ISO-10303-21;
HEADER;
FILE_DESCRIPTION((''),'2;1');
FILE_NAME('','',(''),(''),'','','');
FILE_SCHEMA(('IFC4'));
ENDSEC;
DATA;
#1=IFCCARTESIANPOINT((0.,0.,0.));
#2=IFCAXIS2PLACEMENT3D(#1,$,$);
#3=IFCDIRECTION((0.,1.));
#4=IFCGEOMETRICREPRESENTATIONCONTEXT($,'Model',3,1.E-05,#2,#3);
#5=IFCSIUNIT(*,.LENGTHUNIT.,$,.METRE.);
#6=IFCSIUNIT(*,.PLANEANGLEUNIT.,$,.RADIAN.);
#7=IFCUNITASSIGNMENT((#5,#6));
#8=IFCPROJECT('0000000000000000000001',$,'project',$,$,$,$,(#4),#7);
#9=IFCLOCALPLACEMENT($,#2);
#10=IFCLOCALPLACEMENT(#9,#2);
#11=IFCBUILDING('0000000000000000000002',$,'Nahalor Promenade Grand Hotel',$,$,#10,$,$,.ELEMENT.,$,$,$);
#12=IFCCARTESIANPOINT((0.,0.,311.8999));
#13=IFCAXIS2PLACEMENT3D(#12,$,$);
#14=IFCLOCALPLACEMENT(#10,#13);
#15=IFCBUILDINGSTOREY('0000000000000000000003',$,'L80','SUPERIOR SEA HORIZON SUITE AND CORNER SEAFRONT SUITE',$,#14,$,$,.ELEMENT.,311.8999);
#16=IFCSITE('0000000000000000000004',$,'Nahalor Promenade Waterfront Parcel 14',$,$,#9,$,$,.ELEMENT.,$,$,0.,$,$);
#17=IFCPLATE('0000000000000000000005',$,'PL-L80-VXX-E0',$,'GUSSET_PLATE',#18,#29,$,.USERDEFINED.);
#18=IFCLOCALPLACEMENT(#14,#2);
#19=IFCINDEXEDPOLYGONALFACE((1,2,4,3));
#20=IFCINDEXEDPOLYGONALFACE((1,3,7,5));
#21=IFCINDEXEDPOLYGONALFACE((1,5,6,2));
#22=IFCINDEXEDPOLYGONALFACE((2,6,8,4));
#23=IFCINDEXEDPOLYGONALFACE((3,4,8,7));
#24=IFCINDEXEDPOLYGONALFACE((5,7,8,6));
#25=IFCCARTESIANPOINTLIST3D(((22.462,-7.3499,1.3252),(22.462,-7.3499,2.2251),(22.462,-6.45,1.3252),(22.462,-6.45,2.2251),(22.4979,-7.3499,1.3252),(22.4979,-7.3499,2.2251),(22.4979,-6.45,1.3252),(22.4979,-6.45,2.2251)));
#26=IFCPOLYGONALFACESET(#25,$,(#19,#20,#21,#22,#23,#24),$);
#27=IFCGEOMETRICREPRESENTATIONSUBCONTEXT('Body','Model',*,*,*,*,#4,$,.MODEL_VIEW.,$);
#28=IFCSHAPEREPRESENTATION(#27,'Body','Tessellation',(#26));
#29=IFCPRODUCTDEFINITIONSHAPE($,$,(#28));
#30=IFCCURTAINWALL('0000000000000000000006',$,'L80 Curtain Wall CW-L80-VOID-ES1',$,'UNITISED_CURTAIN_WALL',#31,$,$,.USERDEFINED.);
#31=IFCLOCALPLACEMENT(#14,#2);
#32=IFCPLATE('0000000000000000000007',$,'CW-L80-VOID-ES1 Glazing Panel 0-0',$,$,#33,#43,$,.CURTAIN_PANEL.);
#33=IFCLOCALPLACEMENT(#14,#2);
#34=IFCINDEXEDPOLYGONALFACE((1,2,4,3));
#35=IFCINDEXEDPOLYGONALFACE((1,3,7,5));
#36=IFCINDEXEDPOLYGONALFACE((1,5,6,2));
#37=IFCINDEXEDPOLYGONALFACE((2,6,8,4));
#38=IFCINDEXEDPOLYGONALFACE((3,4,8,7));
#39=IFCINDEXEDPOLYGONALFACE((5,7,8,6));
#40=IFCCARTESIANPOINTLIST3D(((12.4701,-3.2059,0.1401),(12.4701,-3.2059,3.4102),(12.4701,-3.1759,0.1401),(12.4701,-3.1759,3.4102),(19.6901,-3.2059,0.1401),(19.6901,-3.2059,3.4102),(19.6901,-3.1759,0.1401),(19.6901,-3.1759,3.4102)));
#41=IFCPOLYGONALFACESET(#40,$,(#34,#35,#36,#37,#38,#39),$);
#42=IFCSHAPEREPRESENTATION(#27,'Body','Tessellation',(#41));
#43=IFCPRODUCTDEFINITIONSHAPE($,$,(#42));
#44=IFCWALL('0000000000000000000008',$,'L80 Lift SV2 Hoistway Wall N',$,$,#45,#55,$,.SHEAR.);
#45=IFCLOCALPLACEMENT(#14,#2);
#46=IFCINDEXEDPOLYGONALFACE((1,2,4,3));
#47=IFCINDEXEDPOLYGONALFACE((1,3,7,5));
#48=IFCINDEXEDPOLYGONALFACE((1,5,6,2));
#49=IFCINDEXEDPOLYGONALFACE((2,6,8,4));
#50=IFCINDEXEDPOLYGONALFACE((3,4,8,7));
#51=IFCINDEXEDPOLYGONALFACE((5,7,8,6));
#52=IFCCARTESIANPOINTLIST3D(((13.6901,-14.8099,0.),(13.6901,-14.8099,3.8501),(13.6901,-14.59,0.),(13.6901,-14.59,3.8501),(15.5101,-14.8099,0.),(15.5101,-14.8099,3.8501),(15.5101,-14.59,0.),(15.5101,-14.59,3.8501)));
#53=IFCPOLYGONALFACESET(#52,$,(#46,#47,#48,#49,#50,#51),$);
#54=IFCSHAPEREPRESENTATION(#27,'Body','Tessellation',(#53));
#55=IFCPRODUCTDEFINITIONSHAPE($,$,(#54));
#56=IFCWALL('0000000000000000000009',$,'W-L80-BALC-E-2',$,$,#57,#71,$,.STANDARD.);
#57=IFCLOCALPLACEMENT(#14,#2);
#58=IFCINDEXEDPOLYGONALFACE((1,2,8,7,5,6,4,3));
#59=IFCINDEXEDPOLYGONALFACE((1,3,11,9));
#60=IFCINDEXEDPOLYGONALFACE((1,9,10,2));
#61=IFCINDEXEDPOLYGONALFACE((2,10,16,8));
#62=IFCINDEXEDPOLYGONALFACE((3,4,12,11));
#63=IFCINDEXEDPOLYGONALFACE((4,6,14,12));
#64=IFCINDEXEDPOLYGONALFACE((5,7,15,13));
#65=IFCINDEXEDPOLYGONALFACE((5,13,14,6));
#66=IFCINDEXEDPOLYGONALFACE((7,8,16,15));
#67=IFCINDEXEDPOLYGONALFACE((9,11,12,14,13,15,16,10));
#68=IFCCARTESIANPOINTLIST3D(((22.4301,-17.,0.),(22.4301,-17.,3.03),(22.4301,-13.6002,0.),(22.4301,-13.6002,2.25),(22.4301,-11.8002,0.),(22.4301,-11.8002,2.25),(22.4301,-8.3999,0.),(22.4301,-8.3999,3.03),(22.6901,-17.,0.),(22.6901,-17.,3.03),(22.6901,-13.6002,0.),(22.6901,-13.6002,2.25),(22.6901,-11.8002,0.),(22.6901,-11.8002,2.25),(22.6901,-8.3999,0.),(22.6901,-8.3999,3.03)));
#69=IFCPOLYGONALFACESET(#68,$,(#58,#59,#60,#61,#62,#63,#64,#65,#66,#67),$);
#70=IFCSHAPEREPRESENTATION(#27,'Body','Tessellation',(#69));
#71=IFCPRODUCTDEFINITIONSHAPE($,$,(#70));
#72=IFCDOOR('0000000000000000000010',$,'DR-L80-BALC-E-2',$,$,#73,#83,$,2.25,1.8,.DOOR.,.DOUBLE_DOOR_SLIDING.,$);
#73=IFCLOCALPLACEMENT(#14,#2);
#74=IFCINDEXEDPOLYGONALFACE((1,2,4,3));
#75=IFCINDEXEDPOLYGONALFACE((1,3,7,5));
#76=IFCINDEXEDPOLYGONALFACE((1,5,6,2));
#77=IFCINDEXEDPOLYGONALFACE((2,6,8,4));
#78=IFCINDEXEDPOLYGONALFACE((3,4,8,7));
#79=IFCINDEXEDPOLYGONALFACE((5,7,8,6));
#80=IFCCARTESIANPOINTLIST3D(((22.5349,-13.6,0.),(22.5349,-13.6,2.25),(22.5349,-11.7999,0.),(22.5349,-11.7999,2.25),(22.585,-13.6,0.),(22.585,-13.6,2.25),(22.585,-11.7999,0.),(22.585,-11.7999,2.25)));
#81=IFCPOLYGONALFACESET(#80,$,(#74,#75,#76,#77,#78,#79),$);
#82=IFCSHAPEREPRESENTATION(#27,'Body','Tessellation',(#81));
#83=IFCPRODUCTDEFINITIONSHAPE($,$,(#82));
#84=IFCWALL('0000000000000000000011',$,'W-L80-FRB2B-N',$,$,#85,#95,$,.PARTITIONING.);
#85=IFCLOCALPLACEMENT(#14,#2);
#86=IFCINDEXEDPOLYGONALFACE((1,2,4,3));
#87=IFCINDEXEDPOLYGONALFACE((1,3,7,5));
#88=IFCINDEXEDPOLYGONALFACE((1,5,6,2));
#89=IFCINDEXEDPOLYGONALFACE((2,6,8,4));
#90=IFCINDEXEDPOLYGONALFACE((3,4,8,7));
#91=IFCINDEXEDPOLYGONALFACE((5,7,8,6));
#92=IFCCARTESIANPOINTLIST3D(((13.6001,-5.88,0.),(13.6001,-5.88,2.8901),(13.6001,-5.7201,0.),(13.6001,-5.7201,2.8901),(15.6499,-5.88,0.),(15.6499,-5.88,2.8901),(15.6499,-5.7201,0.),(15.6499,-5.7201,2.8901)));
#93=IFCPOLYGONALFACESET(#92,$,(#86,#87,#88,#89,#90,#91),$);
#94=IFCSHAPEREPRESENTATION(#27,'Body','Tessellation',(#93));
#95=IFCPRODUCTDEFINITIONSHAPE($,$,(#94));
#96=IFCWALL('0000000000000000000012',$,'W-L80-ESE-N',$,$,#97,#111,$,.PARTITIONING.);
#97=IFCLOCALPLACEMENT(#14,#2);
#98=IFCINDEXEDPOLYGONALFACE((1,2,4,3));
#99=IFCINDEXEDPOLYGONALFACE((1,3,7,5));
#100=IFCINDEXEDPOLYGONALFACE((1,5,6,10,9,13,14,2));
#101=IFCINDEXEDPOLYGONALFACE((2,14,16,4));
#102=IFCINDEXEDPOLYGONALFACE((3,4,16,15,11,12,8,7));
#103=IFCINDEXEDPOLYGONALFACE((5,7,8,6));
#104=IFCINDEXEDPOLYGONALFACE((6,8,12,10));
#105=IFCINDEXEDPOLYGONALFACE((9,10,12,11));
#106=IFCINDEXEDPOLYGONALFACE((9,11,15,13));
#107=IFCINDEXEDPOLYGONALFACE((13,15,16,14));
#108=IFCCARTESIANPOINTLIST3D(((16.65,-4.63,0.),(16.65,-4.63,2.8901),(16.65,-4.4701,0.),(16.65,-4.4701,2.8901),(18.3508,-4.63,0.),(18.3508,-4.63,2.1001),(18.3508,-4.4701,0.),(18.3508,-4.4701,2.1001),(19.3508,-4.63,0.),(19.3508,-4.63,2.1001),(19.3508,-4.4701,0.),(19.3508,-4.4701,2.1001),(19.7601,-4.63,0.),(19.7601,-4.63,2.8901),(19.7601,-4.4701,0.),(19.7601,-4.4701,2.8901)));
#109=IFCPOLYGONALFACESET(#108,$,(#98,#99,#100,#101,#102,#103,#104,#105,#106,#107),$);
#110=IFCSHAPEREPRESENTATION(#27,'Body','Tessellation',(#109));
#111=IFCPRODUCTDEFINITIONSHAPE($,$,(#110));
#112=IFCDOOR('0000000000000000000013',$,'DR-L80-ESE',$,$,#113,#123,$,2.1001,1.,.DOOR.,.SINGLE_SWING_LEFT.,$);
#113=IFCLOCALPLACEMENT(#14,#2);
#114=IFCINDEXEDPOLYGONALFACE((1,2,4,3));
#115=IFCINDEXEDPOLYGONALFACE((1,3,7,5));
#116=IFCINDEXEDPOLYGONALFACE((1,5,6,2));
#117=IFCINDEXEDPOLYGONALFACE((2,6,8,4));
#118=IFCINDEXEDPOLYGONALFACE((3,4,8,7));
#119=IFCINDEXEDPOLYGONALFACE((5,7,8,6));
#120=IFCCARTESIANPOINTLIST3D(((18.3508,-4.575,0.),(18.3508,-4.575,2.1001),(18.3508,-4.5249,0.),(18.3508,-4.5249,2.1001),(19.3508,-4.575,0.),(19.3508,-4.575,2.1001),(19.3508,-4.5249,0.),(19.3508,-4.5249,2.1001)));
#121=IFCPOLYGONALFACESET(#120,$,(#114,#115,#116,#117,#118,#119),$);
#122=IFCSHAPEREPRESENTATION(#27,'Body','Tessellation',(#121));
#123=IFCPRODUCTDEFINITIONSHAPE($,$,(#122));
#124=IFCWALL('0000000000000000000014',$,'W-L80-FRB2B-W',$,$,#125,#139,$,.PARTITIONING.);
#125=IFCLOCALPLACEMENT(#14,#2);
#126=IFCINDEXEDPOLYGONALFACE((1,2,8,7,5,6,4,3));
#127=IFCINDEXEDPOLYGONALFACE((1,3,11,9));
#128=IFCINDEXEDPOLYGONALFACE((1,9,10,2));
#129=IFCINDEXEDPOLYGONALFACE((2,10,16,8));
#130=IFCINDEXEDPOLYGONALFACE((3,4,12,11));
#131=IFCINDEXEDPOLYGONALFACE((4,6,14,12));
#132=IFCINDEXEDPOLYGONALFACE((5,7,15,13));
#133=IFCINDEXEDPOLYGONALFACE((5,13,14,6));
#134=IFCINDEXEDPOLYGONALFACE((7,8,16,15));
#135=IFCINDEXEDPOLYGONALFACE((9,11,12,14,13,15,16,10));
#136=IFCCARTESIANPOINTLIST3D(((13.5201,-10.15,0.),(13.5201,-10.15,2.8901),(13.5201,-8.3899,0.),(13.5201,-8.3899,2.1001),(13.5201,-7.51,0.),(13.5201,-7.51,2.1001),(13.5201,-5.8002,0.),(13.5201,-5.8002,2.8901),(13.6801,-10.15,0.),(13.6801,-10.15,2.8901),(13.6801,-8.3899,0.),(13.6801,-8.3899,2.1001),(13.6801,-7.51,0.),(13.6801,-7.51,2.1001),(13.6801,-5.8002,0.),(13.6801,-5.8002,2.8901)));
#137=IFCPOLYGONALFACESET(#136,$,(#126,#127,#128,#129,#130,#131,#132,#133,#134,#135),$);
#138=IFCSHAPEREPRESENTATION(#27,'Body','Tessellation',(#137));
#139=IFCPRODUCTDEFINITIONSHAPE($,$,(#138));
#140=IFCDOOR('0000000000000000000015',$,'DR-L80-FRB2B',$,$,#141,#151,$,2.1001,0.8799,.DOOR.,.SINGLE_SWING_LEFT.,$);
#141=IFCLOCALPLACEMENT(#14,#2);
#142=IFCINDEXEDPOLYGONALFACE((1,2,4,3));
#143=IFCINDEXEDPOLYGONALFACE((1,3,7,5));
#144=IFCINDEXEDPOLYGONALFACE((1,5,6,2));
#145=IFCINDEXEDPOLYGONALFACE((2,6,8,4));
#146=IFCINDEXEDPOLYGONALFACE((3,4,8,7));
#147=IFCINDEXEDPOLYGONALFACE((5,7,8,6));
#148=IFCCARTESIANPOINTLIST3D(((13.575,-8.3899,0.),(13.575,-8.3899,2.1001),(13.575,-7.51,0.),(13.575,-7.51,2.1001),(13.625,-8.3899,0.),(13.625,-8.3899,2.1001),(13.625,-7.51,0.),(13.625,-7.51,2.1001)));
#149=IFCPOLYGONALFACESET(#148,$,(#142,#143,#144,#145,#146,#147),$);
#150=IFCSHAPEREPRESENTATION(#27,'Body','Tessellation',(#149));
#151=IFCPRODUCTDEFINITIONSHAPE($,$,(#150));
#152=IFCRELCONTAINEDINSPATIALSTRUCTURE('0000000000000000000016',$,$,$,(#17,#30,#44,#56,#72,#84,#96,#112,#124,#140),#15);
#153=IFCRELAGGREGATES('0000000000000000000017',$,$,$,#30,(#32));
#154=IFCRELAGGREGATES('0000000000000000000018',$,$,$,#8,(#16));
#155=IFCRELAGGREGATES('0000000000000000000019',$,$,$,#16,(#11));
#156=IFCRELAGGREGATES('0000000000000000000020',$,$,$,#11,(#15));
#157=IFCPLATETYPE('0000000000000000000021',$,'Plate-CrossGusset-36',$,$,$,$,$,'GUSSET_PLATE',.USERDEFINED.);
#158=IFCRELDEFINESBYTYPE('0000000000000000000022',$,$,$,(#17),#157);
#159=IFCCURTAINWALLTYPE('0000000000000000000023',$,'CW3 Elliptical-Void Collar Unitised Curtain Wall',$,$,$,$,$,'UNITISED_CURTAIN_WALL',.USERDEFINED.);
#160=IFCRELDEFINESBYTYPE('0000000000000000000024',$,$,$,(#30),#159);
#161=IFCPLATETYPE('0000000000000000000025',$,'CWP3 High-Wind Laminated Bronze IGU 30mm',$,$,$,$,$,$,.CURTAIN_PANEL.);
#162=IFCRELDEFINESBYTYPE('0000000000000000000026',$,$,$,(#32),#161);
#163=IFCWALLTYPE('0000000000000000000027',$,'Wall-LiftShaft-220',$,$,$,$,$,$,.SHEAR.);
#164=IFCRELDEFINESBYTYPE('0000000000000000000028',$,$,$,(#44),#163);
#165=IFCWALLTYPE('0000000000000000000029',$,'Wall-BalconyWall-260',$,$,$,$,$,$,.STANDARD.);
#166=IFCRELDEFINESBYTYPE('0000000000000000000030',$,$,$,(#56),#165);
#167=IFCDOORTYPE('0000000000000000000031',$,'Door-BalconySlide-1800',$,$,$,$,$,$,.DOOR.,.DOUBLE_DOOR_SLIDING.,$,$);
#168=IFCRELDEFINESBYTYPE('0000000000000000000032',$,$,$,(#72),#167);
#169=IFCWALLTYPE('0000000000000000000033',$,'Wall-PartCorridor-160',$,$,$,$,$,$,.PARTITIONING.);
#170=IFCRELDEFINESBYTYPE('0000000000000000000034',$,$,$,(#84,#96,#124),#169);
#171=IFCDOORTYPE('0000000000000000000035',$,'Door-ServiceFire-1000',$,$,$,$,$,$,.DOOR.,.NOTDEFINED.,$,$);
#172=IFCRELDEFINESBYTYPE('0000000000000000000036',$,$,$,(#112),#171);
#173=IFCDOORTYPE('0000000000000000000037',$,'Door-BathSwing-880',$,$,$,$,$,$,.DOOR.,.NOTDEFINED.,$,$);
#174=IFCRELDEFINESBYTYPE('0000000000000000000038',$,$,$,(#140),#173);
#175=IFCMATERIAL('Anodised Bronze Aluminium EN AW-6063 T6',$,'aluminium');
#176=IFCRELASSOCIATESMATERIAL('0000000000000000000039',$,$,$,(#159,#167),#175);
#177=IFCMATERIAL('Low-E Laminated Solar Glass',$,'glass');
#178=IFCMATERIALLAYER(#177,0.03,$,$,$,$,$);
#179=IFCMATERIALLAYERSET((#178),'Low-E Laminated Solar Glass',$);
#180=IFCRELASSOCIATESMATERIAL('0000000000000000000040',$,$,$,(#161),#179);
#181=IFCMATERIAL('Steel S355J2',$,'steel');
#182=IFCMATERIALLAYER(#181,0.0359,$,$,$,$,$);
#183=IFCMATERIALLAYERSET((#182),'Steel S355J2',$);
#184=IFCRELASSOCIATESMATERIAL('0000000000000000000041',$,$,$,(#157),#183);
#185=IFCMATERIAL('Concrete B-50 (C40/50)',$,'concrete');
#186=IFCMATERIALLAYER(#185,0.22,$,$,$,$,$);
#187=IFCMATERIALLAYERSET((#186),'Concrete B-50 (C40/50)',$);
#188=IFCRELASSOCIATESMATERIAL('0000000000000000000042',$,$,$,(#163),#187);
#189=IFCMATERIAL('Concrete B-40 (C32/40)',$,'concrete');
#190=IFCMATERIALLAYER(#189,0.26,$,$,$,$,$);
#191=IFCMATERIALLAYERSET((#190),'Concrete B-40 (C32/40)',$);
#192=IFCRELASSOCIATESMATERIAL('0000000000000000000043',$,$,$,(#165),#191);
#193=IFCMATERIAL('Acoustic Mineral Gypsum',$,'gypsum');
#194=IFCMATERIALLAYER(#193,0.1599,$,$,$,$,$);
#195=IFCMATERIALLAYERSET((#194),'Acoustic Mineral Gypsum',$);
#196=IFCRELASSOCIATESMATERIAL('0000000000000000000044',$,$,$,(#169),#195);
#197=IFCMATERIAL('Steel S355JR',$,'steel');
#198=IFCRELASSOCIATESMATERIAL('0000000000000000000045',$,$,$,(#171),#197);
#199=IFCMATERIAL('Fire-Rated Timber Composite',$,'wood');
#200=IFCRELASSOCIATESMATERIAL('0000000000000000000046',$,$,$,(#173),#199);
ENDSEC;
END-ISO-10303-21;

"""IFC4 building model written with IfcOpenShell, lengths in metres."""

from ifc_helpers import new_model, si_unit, direction, frame, frame_2d, origin, origin_2d, place, context, subcontext, project, spatial, rectangle, extrude, source, transform, mapped, material, layer, layer_set, type_object, element, fill, aggregate, save


model = new_model("IFC4")

# Units and contexts
model_context = context("Model", 3, precision=1e-05, world=origin(), true_north=direction((0.0, 1.0)))
body_context = subcontext(model_context, "Body", "Model", "MODEL_VIEW")
ifc_project = project(units=[si_unit("LENGTHUNIT", "METRE"), si_unit("PLANEANGLEUNIT", "RADIAN")], contexts=[model_context])

# Site, building, storey
site_placement = place(None, origin())
site = spatial("IfcSite", under=ifc_project, at=site_placement, Name="Nahalor Promenade Waterfront Parcel 14", CompositionType="ELEMENT", RefElevation=0.0)
building_placement = place(site_placement, origin())
building = spatial("IfcBuilding", under=site, at=building_placement, Name="Nahalor Promenade Grand Hotel", CompositionType="ELEMENT")
storey_placement = place(building_placement, frame((0.0, 0.0, 311.8999)))
storey = spatial("IfcBuildingStorey", under=building, at=storey_placement, Name="L80", Description="SUPERIOR SEA HORIZON SUITE AND CORNER SEAFRONT SUITE", CompositionType="ELEMENT", Elevation=311.8999)

# Shared definitions
ifc_material_1 = material(Name="Steel S355JR", Category="steel")

# Shared definitions
ifc_material_2 = material(Name="Anodised Bronze Aluminium EN AW-6063 T6", Category="aluminium")
curtain_wall_type = type_object("IfcCurtainWallType", Name="CW3 Elliptical-Void Collar Unitised Curtain Wall", ElementType="UNITISED_CURTAIN_WALL", PredefinedType="USERDEFINED", material=ifc_material_2)
ifc_material_3 = material(Name="Low-E Laminated Solar Glass", Category="glass")
ifc_layer_1 = layer(ifc_material_3, 0.03)
ifc_layer_set_1 = layer_set([ifc_layer_1], Name="Low-E Laminated Solar Glass")
plate_type_1 = type_object("IfcPlateType", Name="CWP3 High-Wind Laminated Bronze IGU 30mm", PredefinedType="CURTAIN_PANEL", material=ifc_layer_set_1)

# Plate
ifc_material_4 = material(Name="Steel S355J2", Category="steel")
ifc_layer_2 = layer(ifc_material_4, 0.0359)
ifc_layer_set_2 = layer_set([ifc_layer_2], Name="Steel S355J2")
plate_type_2 = type_object("IfcPlateType", Name="Plate-CrossGusset-36", ElementType="GUSSET_PLATE", PredefinedType="USERDEFINED", material=ifc_layer_set_2)
shared_shape_1 = source(origin(), body_context, "Body", "SweptSolid", [
    extrude(rectangle(XDim=0.8999, YDim=0.0359, at=origin_2d()), origin(), (0.0, 0.0, 1.0), 0.8999),
])
plate_1_placement = place(storey_placement, frame((22.48, -6.8999, 1.3252), z_axis=(0.0, 0.0, 1.0), x_axis=(0.0, 1.0, 0.0)))
element("IfcPlate", 1, at=plate_1_placement, inside=storey, type_object=plate_type_2, Name="PL-L80-VXX-E0", ObjectType="GUSSET_PLATE", PredefinedType="USERDEFINED", context=body_context, shape_type="MappedRepresentation", body=[
    mapped(shared_shape_1, transform((0.0, 0.0, 0.0), scale=1.0)),
])

# Curtain wall, plate
curtain_wall_1_placement = place(storey_placement, origin())
curtain_wall_1 = element("IfcCurtainWall", 2, at=curtain_wall_1_placement, inside=storey, type_object=curtain_wall_type, Name="L80 Curtain Wall CW-L80-VOID-ES1", ObjectType="UNITISED_CURTAIN_WALL", PredefinedType="USERDEFINED")
shared_shape_2 = source(origin(), body_context, "Body", "SweptSolid", [
    extrude(rectangle(XDim=7.22, YDim=0.03, at=origin_2d()), origin(), (0.0, 0.0, 1.0), 3.27),
])
plate_2_placement = place(storey_placement, frame((16.0801, -3.1909, 0.1401), z_axis=(0.0, 0.0, 1.0), x_axis=(1.0, 0.0, 0.0)))
plate_2 = element("IfcPlate", 3, at=plate_2_placement, type_object=plate_type_1, Name="CW-L80-VOID-ES1 Glazing Panel 0-0", PredefinedType="CURTAIN_PANEL", context=body_context, shape_type="MappedRepresentation", body=[
    mapped(shared_shape_2, transform((0.0, 0.0, 0.0), scale=1.0)),
])
aggregate(curtain_wall_1, [plate_2])

# Wall
ifc_material_5 = material(Name="Concrete B-50 (C40/50)", Category="concrete")
ifc_layer_3 = layer(ifc_material_5, 0.22)
ifc_layer_set_3 = layer_set([ifc_layer_3], Name="Concrete B-50 (C40/50)")
wall_type_1 = type_object("IfcWallType", Name="Wall-LiftShaft-220", PredefinedType="SHEAR", material=ifc_layer_set_3)
shared_shape_3 = source(origin(), body_context, "Body", "SweptSolid", [
    extrude(rectangle(XDim=1.8201, YDim=0.22, at=frame_2d((0.9102, 0.0))), origin(), (0.0, 0.0, 1.0), 3.8501),
])
wall_1_placement = place(storey_placement, frame((13.6899, -14.7, 0.0), z_axis=(0.0, 0.0, 1.0), x_axis=(1.0, 0.0, 0.0)))
element("IfcWall", 4, at=wall_1_placement, inside=storey, type_object=wall_type_1, Name="L80 Lift SV2 Hoistway Wall N", PredefinedType="SHEAR", context=body_context, shape_type="MappedRepresentation", body=[
    mapped(shared_shape_3, transform((0.0, 0.0, 0.0), scale=1.0)),
])

# Wall, opening, door
ifc_material_6 = material(Name="Concrete B-40 (C32/40)", Category="concrete")
ifc_layer_4 = layer(ifc_material_6, 0.26)
ifc_layer_set_4 = layer_set([ifc_layer_4], Name="Concrete B-40 (C32/40)")
wall_type_2 = type_object("IfcWallType", Name="Wall-BalconyWall-260", PredefinedType="STANDARD", material=ifc_layer_set_4)
shared_shape_4 = source(origin(), body_context, "Body", "SweptSolid", [
    extrude(rectangle(XDim=8.6001, YDim=0.26, at=frame_2d((4.3, 0.0))), origin(), (0.0, 0.0, 1.0), 3.03),
])
wall_2_placement = place(storey_placement, frame((22.5601, -17.0, 0.0), z_axis=(0.0, 0.0, 1.0), x_axis=(0.0, 1.0, 0.0)))
wall_2 = element("IfcWall", 5, at=wall_2_placement, inside=storey, type_object=wall_type_2, Name="W-L80-BALC-E-2", PredefinedType="STANDARD", context=body_context, shape_type="MappedRepresentation", body=[
    mapped(shared_shape_4, transform((0.0, 0.0, 0.0), scale=1.0)),
])
opening_1_placement = place(wall_2_placement, frame((3.3999, 0.0, 0.0)))
opening_1 = element("IfcOpeningElement", 6, at=opening_1_placement, cuts=wall_2, PredefinedType="OPENING", context=body_context, shape_type="SweptSolid", body=[
    extrude(rectangle(XDim=1.8, YDim=2.25, at=frame_2d((0.8999, 1.125))), frame((0.0, 0.1399, 0.0), z_axis=(0.0, -1.0, 0.0), x_axis=(1.0, 0.0, 0.0)), (0.0, 0.0, 1.0), 0.28),
])
door_type_1 = type_object("IfcDoorType", Name="Door-BalconySlide-1800", OperationType="DOUBLE_DOOR_SLIDING", PredefinedType="DOOR", material=ifc_material_2)
shared_shape_5 = source(origin(), body_context, "Body", "SweptSolid", [
    extrude(rectangle(XDim=1.8, YDim=2.25, at=frame_2d((0.8999, 1.125))), frame((0.0, 0.0249, 0.0), z_axis=(0.0, -1.0, 0.0), x_axis=(1.0, 0.0, 0.0)), (0.0, 0.0, 1.0), 0.05),
])
door_1_placement = place(opening_1_placement, frame((1.8, 0.0, 0.0), z_axis=(0.0, 0.0, 1.0), x_axis=(-1.0, 0.0, 0.0)))
door_1 = element("IfcDoor", 7, at=door_1_placement, inside=storey, type_object=door_type_1, Name="DR-L80-BALC-E-2", OperationType="DOUBLE_DOOR_SLIDING", OverallHeight=2.25, OverallWidth=1.8, PredefinedType="DOOR", context=body_context, shape_type="MappedRepresentation", body=[
    mapped(shared_shape_5, transform((0.0, 0.0, 0.0), scale=1.0)),
])
fill(opening_1, door_1)

# Wall
ifc_material_7 = material(Name="Acoustic Mineral Gypsum", Category="gypsum")
ifc_layer_5 = layer(ifc_material_7, 0.1599)
ifc_layer_set_5 = layer_set([ifc_layer_5], Name="Acoustic Mineral Gypsum")
wall_type_3 = type_object("IfcWallType", Name="Wall-PartCorridor-160", PredefinedType="PARTITIONING", material=ifc_layer_set_5)
shared_shape_6 = source(origin(), body_context, "Body", "SweptSolid", [
    extrude(rectangle(XDim=2.0498, YDim=0.1599, at=frame_2d((1.0249, 0.0))), origin(), (0.0, 0.0, 1.0), 2.8901),
])
wall_3_placement = place(storey_placement, frame((13.6001, -5.8, 0.0), z_axis=(0.0, 0.0, 1.0), x_axis=(1.0, 0.0, 0.0)))
element("IfcWall", 8, at=wall_3_placement, inside=storey, type_object=wall_type_3, Name="W-L80-FRB2B-N", PredefinedType="PARTITIONING", context=body_context, shape_type="MappedRepresentation", body=[
    mapped(shared_shape_6, transform((0.0, 0.0, 0.0), scale=1.0)),
])

# Walls, openings, doors
shared_shape_7 = source(origin(), body_context, "Body", "SweptSolid", [
    extrude(rectangle(XDim=3.1101, YDim=0.1599, at=frame_2d((1.5552, 0.0))), origin(), (0.0, 0.0, 1.0), 2.8901),
])
wall_4_placement = place(storey_placement, frame((16.6499, -4.55, 0.0), z_axis=(0.0, 0.0, 1.0), x_axis=(1.0, 0.0, 0.0)))
wall_4 = element("IfcWall", 9, at=wall_4_placement, inside=storey, type_object=wall_type_3, Name="W-L80-ESE-N", PredefinedType="PARTITIONING", context=body_context, shape_type="MappedRepresentation", body=[
    mapped(shared_shape_7, transform((0.0, 0.0, 0.0), scale=1.0)),
])
opening_2_placement = place(wall_4_placement, frame((1.7009, 0.0, 0.0)))
opening_2 = element("IfcOpeningElement", 10, at=opening_2_placement, cuts=wall_4, PredefinedType="OPENING", context=body_context, shape_type="SweptSolid", body=[
    extrude(rectangle(XDim=1.0, YDim=2.1001, at=frame_2d((0.5, 1.05))), frame((0.0, 0.0898, 0.0), z_axis=(0.0, -1.0, 0.0), x_axis=(1.0, 0.0, 0.0)), (0.0, 0.0, 1.0), 0.1799),
])
door_type_2 = type_object("IfcDoorType", Name="Door-ServiceFire-1000", OperationType="NOTDEFINED", PredefinedType="DOOR", material=ifc_material_1)
shared_shape_8 = source(origin(), body_context, "Body", "SweptSolid", [
    extrude(rectangle(XDim=1.0, YDim=2.1001, at=frame_2d((0.5, 1.05))), frame((0.0, 0.0249, 0.0), z_axis=(0.0, -1.0, 0.0), x_axis=(1.0, 0.0, 0.0)), (0.0, 0.0, 1.0), 0.05),
])
door_2_placement = place(opening_2_placement, frame((1.0, 0.0, 0.0), z_axis=(0.0, 0.0, 1.0), x_axis=(-1.0, 0.0, 0.0)))
door_2 = element("IfcDoor", 11, at=door_2_placement, inside=storey, type_object=door_type_2, Name="DR-L80-ESE", OperationType="SINGLE_SWING_LEFT", OverallHeight=2.1001, OverallWidth=1.0, PredefinedType="DOOR", context=body_context, shape_type="MappedRepresentation", body=[
    mapped(shared_shape_8, transform((0.0, 0.0, 0.0), scale=1.0)),
])
fill(opening_2, door_2)
shared_shape_9 = source(origin(), body_context, "Body", "SweptSolid", [
    extrude(rectangle(XDim=4.3499, YDim=0.1599, at=frame_2d((2.1748, 0.0))), origin(), (0.0, 0.0, 1.0), 2.8901),
])
wall_5_placement = place(storey_placement, frame((13.6001, -10.1499, 0.0), z_axis=(0.0, 0.0, 1.0), x_axis=(0.0, 1.0, 0.0)))
wall_5 = element("IfcWall", 12, at=wall_5_placement, inside=storey, type_object=wall_type_3, Name="W-L80-FRB2B-W", PredefinedType="PARTITIONING", context=body_context, shape_type="MappedRepresentation", body=[
    mapped(shared_shape_9, transform((0.0, 0.0, 0.0), scale=1.0)),
])
opening_3_placement = place(wall_5_placement, frame((1.76, 0.0, 0.0)))
opening_3 = element("IfcOpeningElement", 13, at=opening_3_placement, cuts=wall_5, PredefinedType="OPENING", context=body_context, shape_type="SweptSolid", body=[
    extrude(rectangle(XDim=0.8799, YDim=2.1001, at=frame_2d((0.4399, 1.05))), frame((0.0, 0.0898, 0.0), z_axis=(0.0, -1.0, 0.0), x_axis=(1.0, 0.0, 0.0)), (0.0, 0.0, 1.0), 0.1799),
])
ifc_material_8 = material(Name="Fire-Rated Timber Composite", Category="wood")
door_type_3 = type_object("IfcDoorType", Name="Door-BathSwing-880", OperationType="NOTDEFINED", PredefinedType="DOOR", material=ifc_material_8)
shared_shape_10 = source(origin(), body_context, "Body", "SweptSolid", [
    extrude(rectangle(XDim=0.8799, YDim=2.1001, at=frame_2d((0.4399, 1.05))), frame((0.0, 0.0249, 0.0), z_axis=(0.0, -1.0, 0.0), x_axis=(1.0, 0.0, 0.0)), (0.0, 0.0, 1.0), 0.05),
])
door_3_placement = place(opening_3_placement, frame((0.8799, 0.0, 0.0), z_axis=(0.0, 0.0, 1.0), x_axis=(-1.0, 0.0, 0.0)))
door_3 = element("IfcDoor", 14, at=door_3_placement, inside=storey, type_object=door_type_3, Name="DR-L80-FRB2B", OperationType="SINGLE_SWING_LEFT", OverallHeight=2.1001, OverallWidth=0.8799, PredefinedType="DOOR", context=body_context, shape_type="MappedRepresentation", body=[
    mapped(shared_shape_10, transform((0.0, 0.0, 0.0), scale=1.0)),
])
fill(opening_3, door_3)

save(model, "model.ifc")
